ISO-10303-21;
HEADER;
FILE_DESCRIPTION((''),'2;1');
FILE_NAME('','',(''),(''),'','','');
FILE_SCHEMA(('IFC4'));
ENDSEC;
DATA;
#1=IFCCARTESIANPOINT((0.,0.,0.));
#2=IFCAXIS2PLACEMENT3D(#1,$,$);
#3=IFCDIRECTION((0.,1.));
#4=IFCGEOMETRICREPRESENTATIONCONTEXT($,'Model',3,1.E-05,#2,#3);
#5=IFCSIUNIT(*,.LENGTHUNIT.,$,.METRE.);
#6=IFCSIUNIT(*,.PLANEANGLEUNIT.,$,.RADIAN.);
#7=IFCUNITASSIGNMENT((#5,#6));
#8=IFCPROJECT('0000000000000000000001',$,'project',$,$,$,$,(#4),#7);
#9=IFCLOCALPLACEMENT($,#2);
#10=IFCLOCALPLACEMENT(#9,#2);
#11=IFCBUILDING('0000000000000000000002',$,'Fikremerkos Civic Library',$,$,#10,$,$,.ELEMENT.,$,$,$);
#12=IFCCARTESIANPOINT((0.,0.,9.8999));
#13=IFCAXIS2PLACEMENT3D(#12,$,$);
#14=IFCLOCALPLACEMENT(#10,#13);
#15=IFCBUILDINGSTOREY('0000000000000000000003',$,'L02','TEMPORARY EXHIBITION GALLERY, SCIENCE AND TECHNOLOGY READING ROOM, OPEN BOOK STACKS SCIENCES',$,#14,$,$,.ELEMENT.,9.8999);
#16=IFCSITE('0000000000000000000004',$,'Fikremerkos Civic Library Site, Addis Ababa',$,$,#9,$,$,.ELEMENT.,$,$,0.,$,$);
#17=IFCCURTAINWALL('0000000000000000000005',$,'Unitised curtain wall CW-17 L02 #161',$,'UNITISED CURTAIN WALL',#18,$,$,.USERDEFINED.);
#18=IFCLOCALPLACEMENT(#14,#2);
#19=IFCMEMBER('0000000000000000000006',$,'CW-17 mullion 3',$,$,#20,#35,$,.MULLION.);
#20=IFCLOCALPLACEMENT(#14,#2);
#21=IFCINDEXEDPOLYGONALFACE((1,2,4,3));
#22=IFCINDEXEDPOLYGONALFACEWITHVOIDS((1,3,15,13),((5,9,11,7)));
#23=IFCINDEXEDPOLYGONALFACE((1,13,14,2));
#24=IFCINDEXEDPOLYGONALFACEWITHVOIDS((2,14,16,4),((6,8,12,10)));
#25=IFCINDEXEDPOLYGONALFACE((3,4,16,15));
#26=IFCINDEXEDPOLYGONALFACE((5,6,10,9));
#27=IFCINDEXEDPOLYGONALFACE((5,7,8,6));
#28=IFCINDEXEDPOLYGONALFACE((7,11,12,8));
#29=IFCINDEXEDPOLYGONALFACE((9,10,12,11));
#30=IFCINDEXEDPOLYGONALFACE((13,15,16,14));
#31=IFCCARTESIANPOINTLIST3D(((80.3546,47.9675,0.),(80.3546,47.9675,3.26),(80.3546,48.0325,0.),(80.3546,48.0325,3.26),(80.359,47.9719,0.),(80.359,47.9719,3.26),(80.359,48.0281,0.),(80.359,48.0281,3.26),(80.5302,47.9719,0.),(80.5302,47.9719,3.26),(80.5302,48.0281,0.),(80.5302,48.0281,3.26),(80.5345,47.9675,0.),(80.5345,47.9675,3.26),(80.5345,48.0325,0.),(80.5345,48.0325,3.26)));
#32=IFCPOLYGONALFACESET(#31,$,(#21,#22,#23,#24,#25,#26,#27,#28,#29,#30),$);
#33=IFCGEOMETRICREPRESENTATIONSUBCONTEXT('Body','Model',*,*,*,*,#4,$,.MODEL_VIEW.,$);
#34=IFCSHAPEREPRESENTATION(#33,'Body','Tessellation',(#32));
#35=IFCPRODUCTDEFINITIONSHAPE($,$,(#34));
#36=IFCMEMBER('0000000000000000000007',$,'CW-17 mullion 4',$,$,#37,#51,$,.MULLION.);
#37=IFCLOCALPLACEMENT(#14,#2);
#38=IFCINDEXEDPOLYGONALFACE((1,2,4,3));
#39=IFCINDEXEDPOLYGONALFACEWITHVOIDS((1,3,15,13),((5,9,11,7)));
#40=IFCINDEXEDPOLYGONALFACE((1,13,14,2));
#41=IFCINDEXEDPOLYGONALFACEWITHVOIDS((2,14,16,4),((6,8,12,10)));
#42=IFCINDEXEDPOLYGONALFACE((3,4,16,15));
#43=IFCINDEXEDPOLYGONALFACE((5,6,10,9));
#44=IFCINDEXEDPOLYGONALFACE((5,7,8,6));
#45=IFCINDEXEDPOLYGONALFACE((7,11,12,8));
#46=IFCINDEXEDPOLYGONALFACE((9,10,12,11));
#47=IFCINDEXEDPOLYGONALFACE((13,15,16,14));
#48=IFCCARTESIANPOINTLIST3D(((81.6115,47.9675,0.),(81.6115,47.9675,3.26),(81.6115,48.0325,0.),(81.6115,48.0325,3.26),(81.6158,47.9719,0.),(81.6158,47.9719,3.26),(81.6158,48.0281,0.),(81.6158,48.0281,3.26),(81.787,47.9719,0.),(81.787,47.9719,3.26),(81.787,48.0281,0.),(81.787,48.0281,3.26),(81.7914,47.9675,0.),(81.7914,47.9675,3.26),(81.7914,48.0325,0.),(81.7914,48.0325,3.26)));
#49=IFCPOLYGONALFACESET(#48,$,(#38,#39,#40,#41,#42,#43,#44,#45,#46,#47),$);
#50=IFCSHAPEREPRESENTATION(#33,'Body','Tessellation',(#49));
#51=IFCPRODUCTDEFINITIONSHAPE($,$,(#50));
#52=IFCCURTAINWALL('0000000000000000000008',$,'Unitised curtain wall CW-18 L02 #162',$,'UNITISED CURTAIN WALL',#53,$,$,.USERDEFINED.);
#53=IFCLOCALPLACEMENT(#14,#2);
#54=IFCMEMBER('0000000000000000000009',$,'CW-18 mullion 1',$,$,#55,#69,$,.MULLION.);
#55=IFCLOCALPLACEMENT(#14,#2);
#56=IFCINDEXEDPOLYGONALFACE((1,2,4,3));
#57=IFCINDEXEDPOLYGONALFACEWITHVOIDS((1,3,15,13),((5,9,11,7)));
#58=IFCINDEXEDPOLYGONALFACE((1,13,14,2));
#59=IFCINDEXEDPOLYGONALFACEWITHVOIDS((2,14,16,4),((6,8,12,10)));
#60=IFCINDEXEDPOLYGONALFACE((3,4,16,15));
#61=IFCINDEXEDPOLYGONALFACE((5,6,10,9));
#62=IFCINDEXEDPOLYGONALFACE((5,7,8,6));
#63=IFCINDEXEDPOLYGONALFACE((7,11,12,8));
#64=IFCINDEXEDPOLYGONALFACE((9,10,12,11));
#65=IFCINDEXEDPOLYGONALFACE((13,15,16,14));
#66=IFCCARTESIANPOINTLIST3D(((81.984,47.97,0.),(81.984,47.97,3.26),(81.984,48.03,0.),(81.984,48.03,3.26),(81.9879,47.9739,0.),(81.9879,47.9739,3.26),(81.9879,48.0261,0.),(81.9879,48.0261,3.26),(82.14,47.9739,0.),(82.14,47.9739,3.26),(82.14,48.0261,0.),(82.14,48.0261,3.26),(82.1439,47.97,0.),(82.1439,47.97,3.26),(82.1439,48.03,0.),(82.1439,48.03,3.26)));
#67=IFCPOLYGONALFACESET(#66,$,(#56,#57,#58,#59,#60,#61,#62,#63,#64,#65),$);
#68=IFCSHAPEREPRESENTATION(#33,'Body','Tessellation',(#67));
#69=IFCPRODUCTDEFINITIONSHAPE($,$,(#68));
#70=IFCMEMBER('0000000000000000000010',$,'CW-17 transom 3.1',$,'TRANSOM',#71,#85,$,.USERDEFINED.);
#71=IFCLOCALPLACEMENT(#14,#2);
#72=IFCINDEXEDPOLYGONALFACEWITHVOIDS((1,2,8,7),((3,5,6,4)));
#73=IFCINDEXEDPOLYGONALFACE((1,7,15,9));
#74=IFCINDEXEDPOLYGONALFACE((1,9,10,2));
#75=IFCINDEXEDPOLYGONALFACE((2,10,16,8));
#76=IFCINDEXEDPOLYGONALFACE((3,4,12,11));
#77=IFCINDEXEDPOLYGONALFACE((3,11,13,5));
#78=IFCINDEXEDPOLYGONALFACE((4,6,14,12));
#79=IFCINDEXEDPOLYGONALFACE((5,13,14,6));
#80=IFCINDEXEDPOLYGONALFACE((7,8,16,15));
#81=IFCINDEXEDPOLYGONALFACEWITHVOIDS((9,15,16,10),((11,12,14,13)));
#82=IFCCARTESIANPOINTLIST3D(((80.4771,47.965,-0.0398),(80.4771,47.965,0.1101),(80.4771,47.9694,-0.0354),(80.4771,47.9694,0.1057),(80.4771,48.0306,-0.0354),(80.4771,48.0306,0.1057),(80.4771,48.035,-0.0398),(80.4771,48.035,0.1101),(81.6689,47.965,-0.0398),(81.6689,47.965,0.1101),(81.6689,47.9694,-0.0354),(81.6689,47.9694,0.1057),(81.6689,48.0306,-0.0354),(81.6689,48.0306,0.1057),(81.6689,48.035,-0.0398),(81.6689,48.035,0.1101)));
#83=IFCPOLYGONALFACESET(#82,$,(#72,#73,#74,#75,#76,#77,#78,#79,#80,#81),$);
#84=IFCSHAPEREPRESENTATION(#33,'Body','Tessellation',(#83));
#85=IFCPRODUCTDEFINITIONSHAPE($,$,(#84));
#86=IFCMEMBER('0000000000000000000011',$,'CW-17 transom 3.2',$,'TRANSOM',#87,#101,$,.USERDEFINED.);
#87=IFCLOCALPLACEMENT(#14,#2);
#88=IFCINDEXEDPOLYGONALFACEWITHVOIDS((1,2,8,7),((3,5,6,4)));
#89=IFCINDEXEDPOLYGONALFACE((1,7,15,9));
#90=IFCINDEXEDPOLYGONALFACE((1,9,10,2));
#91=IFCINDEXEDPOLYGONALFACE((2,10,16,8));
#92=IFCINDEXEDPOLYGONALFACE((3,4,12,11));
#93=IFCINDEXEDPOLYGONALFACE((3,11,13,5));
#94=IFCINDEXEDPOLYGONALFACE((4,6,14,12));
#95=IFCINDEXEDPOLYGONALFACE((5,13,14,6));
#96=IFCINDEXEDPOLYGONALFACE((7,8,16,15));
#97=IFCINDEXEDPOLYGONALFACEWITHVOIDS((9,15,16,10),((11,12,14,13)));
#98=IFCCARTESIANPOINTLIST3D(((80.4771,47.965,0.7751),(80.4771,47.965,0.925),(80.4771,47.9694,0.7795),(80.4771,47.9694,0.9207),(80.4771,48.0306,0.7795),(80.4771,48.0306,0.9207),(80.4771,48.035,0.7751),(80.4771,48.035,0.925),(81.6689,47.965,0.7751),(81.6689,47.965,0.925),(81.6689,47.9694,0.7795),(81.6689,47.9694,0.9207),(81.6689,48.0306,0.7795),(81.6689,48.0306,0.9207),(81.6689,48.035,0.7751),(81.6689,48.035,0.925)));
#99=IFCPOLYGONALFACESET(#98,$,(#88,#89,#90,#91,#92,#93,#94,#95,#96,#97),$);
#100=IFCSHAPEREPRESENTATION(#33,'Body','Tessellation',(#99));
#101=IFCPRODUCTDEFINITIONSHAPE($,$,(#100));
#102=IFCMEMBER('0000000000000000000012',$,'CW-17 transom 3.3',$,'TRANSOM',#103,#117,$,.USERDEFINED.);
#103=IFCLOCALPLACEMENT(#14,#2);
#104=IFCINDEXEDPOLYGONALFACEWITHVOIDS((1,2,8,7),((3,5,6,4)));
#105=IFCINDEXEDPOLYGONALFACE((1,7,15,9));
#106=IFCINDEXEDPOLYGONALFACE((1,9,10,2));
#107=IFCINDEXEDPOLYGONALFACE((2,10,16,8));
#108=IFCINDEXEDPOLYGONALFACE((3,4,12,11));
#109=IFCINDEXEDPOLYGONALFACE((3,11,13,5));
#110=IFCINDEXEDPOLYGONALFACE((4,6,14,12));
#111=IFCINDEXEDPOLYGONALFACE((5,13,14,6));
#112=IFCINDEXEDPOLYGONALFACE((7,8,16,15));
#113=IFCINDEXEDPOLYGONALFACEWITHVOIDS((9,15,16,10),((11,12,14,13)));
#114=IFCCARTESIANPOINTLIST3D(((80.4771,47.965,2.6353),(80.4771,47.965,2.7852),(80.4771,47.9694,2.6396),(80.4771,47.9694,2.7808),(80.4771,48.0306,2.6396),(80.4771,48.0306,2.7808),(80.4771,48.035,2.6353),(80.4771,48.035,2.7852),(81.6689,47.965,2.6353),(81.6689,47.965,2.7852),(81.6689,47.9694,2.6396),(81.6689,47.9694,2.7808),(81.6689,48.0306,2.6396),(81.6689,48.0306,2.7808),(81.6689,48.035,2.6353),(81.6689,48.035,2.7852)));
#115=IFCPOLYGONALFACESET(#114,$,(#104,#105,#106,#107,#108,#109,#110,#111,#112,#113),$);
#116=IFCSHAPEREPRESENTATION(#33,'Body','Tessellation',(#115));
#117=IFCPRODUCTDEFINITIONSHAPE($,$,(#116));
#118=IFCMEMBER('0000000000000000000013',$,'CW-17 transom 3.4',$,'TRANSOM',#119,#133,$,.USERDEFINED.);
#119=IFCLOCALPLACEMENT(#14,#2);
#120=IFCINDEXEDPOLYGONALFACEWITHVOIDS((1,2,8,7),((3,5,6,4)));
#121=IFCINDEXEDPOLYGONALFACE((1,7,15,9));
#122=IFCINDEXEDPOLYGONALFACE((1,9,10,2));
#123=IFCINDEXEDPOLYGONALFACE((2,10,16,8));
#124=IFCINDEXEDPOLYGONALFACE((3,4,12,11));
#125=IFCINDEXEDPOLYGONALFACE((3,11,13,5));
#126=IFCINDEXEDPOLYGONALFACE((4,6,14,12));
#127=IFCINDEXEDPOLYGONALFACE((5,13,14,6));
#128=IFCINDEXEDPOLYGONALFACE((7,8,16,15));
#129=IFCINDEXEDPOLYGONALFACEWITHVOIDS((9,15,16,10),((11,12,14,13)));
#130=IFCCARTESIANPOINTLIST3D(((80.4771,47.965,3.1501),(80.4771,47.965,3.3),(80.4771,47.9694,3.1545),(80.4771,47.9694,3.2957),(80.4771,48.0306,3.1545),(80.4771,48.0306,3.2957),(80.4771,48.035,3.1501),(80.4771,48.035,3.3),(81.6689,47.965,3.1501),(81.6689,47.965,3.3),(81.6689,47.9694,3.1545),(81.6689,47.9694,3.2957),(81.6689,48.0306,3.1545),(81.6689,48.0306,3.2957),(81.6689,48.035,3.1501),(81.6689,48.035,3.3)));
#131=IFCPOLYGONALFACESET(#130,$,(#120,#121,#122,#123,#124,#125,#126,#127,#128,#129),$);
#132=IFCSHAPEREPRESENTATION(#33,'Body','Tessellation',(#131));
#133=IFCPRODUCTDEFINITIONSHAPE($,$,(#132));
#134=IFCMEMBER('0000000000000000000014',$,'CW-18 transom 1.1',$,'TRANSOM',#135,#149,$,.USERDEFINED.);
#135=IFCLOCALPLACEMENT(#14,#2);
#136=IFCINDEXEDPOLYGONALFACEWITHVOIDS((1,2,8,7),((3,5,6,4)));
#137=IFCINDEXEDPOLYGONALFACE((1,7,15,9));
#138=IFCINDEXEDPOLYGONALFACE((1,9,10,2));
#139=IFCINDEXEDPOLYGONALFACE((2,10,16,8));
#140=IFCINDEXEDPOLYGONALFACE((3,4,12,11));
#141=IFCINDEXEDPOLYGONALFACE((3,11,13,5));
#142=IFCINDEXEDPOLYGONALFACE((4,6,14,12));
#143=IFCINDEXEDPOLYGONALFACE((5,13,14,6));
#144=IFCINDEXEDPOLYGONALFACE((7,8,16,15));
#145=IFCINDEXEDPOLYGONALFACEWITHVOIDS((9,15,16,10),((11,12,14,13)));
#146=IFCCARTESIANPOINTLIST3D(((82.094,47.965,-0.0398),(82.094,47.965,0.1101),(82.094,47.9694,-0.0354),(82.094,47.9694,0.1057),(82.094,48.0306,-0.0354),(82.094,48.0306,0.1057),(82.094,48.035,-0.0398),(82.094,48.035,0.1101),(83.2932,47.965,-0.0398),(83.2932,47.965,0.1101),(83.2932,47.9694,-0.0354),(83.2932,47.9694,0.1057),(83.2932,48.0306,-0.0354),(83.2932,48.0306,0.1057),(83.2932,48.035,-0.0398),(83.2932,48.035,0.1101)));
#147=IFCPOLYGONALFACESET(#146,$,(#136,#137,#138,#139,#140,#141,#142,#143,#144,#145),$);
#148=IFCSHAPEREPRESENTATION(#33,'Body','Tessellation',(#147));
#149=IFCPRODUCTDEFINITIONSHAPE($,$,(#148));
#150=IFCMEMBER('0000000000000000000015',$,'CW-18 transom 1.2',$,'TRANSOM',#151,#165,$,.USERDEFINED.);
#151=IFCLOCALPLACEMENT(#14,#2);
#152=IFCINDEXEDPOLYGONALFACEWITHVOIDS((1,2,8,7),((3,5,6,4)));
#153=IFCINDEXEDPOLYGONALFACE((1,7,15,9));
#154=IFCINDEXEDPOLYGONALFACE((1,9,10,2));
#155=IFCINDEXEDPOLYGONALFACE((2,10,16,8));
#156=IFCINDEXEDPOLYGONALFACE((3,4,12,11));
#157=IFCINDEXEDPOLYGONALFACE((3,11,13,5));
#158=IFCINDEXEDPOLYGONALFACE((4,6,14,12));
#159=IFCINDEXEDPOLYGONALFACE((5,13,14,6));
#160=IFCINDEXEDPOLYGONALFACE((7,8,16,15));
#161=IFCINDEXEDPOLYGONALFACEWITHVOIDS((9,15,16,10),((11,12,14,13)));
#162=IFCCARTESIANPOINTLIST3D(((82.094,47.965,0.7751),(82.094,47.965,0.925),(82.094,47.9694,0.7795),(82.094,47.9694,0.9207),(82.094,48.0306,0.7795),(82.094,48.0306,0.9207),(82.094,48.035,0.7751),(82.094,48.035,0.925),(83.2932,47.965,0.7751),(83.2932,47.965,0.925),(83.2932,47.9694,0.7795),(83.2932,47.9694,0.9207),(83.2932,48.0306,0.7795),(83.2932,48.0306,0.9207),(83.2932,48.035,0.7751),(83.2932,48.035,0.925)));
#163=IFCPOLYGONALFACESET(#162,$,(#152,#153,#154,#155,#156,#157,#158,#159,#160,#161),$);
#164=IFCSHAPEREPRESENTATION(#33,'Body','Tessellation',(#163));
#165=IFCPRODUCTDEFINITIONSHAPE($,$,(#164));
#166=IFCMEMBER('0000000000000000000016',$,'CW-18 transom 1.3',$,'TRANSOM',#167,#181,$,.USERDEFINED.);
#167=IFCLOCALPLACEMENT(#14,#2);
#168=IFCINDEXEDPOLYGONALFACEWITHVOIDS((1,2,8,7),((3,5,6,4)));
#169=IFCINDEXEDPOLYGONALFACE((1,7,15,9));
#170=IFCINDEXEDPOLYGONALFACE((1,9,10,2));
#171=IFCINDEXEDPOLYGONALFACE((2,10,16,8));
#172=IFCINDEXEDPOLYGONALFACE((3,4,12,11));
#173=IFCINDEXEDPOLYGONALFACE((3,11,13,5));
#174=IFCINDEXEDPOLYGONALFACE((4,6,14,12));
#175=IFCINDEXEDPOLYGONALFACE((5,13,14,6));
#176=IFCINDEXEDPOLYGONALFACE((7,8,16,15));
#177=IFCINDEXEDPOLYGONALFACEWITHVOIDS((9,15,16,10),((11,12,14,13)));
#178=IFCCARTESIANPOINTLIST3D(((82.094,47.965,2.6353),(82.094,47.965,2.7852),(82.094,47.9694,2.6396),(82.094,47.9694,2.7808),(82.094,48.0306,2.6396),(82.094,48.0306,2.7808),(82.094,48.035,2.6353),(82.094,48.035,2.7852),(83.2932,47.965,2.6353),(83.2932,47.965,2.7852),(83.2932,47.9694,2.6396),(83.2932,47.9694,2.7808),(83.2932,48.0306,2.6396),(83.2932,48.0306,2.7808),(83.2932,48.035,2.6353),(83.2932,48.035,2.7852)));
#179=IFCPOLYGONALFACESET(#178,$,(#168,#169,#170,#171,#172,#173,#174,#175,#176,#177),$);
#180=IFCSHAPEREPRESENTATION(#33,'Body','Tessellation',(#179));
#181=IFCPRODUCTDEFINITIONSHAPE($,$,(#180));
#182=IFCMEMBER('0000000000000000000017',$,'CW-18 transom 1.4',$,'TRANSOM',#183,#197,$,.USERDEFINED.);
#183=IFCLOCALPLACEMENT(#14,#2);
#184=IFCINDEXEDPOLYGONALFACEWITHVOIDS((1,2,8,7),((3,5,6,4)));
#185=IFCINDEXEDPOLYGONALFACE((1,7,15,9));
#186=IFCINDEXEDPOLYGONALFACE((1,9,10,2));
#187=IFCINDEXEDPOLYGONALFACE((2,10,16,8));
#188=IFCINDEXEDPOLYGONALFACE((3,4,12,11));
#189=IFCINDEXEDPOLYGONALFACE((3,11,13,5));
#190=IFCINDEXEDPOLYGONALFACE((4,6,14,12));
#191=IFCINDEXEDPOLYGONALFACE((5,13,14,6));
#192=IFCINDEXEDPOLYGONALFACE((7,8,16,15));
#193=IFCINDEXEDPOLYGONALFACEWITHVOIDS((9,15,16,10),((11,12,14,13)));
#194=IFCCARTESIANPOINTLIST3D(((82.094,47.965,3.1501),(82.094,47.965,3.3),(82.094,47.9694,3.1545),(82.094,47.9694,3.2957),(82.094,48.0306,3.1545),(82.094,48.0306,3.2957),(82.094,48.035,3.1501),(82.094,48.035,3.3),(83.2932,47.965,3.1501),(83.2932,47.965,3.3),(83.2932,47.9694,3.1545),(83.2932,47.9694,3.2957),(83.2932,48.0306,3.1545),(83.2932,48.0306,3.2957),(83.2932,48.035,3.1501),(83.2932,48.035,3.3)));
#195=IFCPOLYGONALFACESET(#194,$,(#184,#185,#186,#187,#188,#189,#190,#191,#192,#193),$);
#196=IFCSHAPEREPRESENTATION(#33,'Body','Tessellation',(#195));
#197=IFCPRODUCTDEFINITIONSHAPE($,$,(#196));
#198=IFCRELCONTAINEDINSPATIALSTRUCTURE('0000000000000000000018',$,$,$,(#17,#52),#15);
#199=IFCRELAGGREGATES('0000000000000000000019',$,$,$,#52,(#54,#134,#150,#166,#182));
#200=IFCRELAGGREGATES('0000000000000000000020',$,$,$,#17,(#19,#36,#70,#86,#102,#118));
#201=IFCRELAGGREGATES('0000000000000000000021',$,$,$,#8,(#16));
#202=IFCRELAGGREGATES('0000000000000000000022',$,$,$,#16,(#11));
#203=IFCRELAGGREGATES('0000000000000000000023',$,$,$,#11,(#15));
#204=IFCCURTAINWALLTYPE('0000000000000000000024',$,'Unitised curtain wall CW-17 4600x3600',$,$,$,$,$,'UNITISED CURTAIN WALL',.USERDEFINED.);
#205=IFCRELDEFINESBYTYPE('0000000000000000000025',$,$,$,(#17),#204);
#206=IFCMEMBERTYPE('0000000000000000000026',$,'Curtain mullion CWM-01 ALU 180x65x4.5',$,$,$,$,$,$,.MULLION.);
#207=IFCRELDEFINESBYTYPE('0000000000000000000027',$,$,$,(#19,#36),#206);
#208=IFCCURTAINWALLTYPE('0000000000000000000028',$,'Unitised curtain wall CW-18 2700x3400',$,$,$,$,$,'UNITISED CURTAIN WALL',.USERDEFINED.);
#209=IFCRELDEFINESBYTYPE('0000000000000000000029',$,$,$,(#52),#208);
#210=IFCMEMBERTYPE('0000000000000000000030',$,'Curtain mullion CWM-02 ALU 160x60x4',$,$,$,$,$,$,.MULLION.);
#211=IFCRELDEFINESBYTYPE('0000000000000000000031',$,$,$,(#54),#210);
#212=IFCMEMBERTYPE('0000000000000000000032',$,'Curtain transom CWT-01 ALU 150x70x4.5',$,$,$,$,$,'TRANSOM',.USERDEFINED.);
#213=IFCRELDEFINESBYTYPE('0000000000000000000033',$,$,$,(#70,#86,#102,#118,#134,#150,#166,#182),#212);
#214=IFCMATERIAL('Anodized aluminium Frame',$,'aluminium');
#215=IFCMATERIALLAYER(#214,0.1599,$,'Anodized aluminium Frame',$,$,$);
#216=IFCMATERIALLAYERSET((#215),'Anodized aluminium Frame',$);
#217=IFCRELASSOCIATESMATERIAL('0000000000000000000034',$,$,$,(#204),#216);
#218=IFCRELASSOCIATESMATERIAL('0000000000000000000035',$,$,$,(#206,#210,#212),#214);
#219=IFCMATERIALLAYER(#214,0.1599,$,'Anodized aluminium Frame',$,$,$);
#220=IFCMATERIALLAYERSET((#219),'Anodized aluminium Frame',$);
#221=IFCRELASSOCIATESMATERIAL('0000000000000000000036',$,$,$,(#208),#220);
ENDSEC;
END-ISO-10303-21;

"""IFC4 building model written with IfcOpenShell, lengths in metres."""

from ifc_helpers import new_model, si_unit, direction, frame, origin, origin_2d, place, context, subcontext, project, spatial, hollow_rectangle, extrude, material, layer, layer_set, material_profile, profile_set, type_object, element, aggregate, save


model = new_model("IFC4")

# Units and contexts
model_context = context("Model", 3, precision=1e-05, world=origin(), true_north=direction((0.0, 1.0)))
body_context = subcontext(model_context, "Body", "Model", "MODEL_VIEW")
ifc_project = project(units=[si_unit("LENGTHUNIT", "METRE"), si_unit("PLANEANGLEUNIT", "RADIAN")], contexts=[model_context])

# Site, building, storey
site_placement = place(None, origin())
site = spatial("IfcSite", under=ifc_project, at=site_placement, Name="Fikremerkos Civic Library Site, Addis Ababa", CompositionType="ELEMENT", RefElevation=0.0)
building_placement = place(site_placement, origin())
building = spatial("IfcBuilding", under=site, at=building_placement, Name="Fikremerkos Civic Library", CompositionType="ELEMENT")
storey_placement = place(building_placement, frame((0.0, 0.0, 9.8999)))
storey = spatial("IfcBuildingStorey", under=building, at=storey_placement, Name="L02", Description="TEMPORARY EXHIBITION GALLERY, SCIENCE AND TECHNOLOGY READING ROOM, OPEN BOOK STACKS SCIENCES", CompositionType="ELEMENT", Elevation=9.8999)

# Curtain wall, members
ifc_material_1 = material(Name="Anodized aluminium Frame", Category="aluminium")
ifc_layer_1 = layer(ifc_material_1, 0.1599, Name="Anodized aluminium Frame")
ifc_layer_set_1 = layer_set([ifc_layer_1], Name="Anodized aluminium Frame")
curtain_wall_type_1 = type_object("IfcCurtainWallType", Name="Unitised curtain wall CW-17 4600x3600", ElementType="UNITISED CURTAIN WALL", PredefinedType="USERDEFINED", material=ifc_layer_set_1)
curtain_wall_1_placement = place(storey_placement, origin())
curtain_wall_1 = element("IfcCurtainWall", 1, at=curtain_wall_1_placement, inside=storey, type_object=curtain_wall_type_1, Name="Unitised curtain wall CW-17 L02 #161", ObjectType="UNITISED CURTAIN WALL", PredefinedType="USERDEFINED")
ifc_material_profile_1 = material_profile(ifc_material_1, hollow_rectangle(XDim=0.0649, YDim=0.1799, WallThickness=0.0044, at=origin_2d()), Name="ALU 180x65x4.5")
ifc_profile_set_1 = profile_set([ifc_material_profile_1], Name="Anodized aluminium Frame")
member_type_1 = type_object("IfcMemberType", Name="Curtain mullion CWM-01 ALU 180x65x4.5", PredefinedType="MULLION", material=ifc_profile_set_1)
member_1_placement = place(storey_placement, frame((80.4446, 48.0, 0.0), z_axis=(0.0, 0.0, 1.0), x_axis=(0.0, 1.0, 0.0)))
member_1 = element("IfcMember", 2, at=member_1_placement, type_object=member_type_1, Name="CW-17 mullion 3", PredefinedType="MULLION", context=body_context, shape_type="SweptSolid", body=[
    extrude(hollow_rectangle(XDim=0.0649, YDim=0.1799, WallThickness=0.0044, at=origin_2d()), origin(), (0.0, 0.0, 1.0), 3.26),
])
member_2_placement = place(storey_placement, frame((81.7014, 48.0, 0.0), z_axis=(0.0, 0.0, 1.0), x_axis=(0.0, 1.0, 0.0)))
member_2 = element("IfcMember", 3, at=member_2_placement, type_object=member_type_1, Name="CW-17 mullion 4", PredefinedType="MULLION", context=body_context, shape_type="SweptSolid", body=[
    extrude(hollow_rectangle(XDim=0.0649, YDim=0.1799, WallThickness=0.0044, at=origin_2d()), origin(), (0.0, 0.0, 1.0), 3.26),
])

# Curtain wall, member
ifc_layer_2 = layer(ifc_material_1, 0.1599, Name="Anodized aluminium Frame")
ifc_layer_set_2 = layer_set([ifc_layer_2], Name="Anodized aluminium Frame")
curtain_wall_type_2 = type_object("IfcCurtainWallType", Name="Unitised curtain wall CW-18 2700x3400", ElementType="UNITISED CURTAIN WALL", PredefinedType="USERDEFINED", material=ifc_layer_set_2)
curtain_wall_2_placement = place(storey_placement, origin())
curtain_wall_2 = element("IfcCurtainWall", 4, at=curtain_wall_2_placement, inside=storey, type_object=curtain_wall_type_2, Name="Unitised curtain wall CW-18 L02 #162", ObjectType="UNITISED CURTAIN WALL", PredefinedType="USERDEFINED")
ifc_material_profile_2 = material_profile(ifc_material_1, hollow_rectangle(XDim=0.0601, YDim=0.1599, WallThickness=0.0039, at=origin_2d()), Name="ALU 160x60x4")
ifc_profile_set_2 = profile_set([ifc_material_profile_2], Name="Anodized aluminium Frame")
member_type_2 = type_object("IfcMemberType", Name="Curtain mullion CWM-02 ALU 160x60x4", PredefinedType="MULLION", material=ifc_profile_set_2)
member_3_placement = place(storey_placement, frame((82.064, 48.0, 0.0), z_axis=(0.0, 0.0, 1.0), x_axis=(0.0, 1.0, 0.0)))
member_3 = element("IfcMember", 5, at=member_3_placement, type_object=member_type_2, Name="CW-18 mullion 1", PredefinedType="MULLION", context=body_context, shape_type="SweptSolid", body=[
    extrude(hollow_rectangle(XDim=0.0601, YDim=0.1599, WallThickness=0.0039, at=origin_2d()), origin(), (0.0, 0.0, 1.0), 3.26),
])

# Members
ifc_material_profile_3 = material_profile(ifc_material_1, hollow_rectangle(XDim=0.0701, YDim=0.1499, WallThickness=0.0044, at=origin_2d()), Name="ALU 150x70x4.5")
ifc_profile_set_3 = profile_set([ifc_material_profile_3], Name="Anodized aluminium Frame")
member_type_3 = type_object("IfcMemberType", Name="Curtain transom CWT-01 ALU 150x70x4.5", ElementType="TRANSOM", PredefinedType="USERDEFINED", material=ifc_profile_set_3)
member_4_placement = place(storey_placement, frame((80.4771, 48.0, 0.0352), z_axis=(1.0, 0.0, 0.0), x_axis=(0.0, 1.0, 0.0)))
member_4 = element("IfcMember", 6, at=member_4_placement, type_object=member_type_3, Name="CW-17 transom 3.1", ObjectType="TRANSOM", PredefinedType="USERDEFINED", context=body_context, shape_type="SweptSolid", body=[
    extrude(hollow_rectangle(XDim=0.0701, YDim=0.1499, WallThickness=0.0044, at=origin_2d()), origin(), (0.0, 0.0, 1.0), 1.1919),
])
member_5_placement = place(storey_placement, frame((80.4771, 48.0, 0.8501), z_axis=(1.0, 0.0, 0.0), x_axis=(0.0, 1.0, 0.0)))
member_5 = element("IfcMember", 7, at=member_5_placement, type_object=member_type_3, Name="CW-17 transom 3.2", ObjectType="TRANSOM", PredefinedType="USERDEFINED", context=body_context, shape_type="SweptSolid", body=[
    extrude(hollow_rectangle(XDim=0.0701, YDim=0.1499, WallThickness=0.0044, at=origin_2d()), origin(), (0.0, 0.0, 1.0), 1.1919),
])
member_6_placement = place(storey_placement, frame((80.4771, 48.0, 2.7102), z_axis=(1.0, 0.0, 0.0), x_axis=(0.0, 1.0, 0.0)))
member_6 = element("IfcMember", 8, at=member_6_placement, type_object=member_type_3, Name="CW-17 transom 3.3", ObjectType="TRANSOM", PredefinedType="USERDEFINED", context=body_context, shape_type="SweptSolid", body=[
    extrude(hollow_rectangle(XDim=0.0701, YDim=0.1499, WallThickness=0.0044, at=origin_2d()), origin(), (0.0, 0.0, 1.0), 1.1919),
])
member_7_placement = place(storey_placement, frame((80.4771, 48.0, 3.2251), z_axis=(1.0, 0.0, 0.0), x_axis=(0.0, 1.0, 0.0)))
member_7 = element("IfcMember", 9, at=member_7_placement, type_object=member_type_3, Name="CW-17 transom 3.4", ObjectType="TRANSOM", PredefinedType="USERDEFINED", context=body_context, shape_type="SweptSolid", body=[
    extrude(hollow_rectangle(XDim=0.0701, YDim=0.1499, WallThickness=0.0044, at=origin_2d()), origin(), (0.0, 0.0, 1.0), 1.1919),
])
member_8_placement = place(storey_placement, frame((82.094, 48.0, 0.0352), z_axis=(1.0, 0.0, 0.0), x_axis=(0.0, 1.0, 0.0)))
member_8 = element("IfcMember", 10, at=member_8_placement, type_object=member_type_3, Name="CW-18 transom 1.1", ObjectType="TRANSOM", PredefinedType="USERDEFINED", context=body_context, shape_type="SweptSolid", body=[
    extrude(hollow_rectangle(XDim=0.0701, YDim=0.1499, WallThickness=0.0044, at=origin_2d()), origin(), (0.0, 0.0, 1.0), 1.1992),
])
member_9_placement = place(storey_placement, frame((82.094, 48.0, 0.8501), z_axis=(1.0, 0.0, 0.0), x_axis=(0.0, 1.0, 0.0)))
member_9 = element("IfcMember", 11, at=member_9_placement, type_object=member_type_3, Name="CW-18 transom 1.2", ObjectType="TRANSOM", PredefinedType="USERDEFINED", context=body_context, shape_type="SweptSolid", body=[
    extrude(hollow_rectangle(XDim=0.0701, YDim=0.1499, WallThickness=0.0044, at=origin_2d()), origin(), (0.0, 0.0, 1.0), 1.1992),
])
member_10_placement = place(storey_placement, frame((82.094, 48.0, 2.7102), z_axis=(1.0, 0.0, 0.0), x_axis=(0.0, 1.0, 0.0)))
member_10 = element("IfcMember", 12, at=member_10_placement, type_object=member_type_3, Name="CW-18 transom 1.3", ObjectType="TRANSOM", PredefinedType="USERDEFINED", context=body_context, shape_type="SweptSolid", body=[
    extrude(hollow_rectangle(XDim=0.0701, YDim=0.1499, WallThickness=0.0044, at=origin_2d()), origin(), (0.0, 0.0, 1.0), 1.1992),
])
member_11_placement = place(storey_placement, frame((82.094, 48.0, 3.2251), z_axis=(1.0, 0.0, 0.0), x_axis=(0.0, 1.0, 0.0)))
member_11 = element("IfcMember", 13, at=member_11_placement, type_object=member_type_3, Name="CW-18 transom 1.4", ObjectType="TRANSOM", PredefinedType="USERDEFINED", context=body_context, shape_type="SweptSolid", body=[
    extrude(hollow_rectangle(XDim=0.0701, YDim=0.1499, WallThickness=0.0044, at=origin_2d()), origin(), (0.0, 0.0, 1.0), 1.1992),
])
aggregate(curtain_wall_2, [member_3, member_8, member_9, member_10, member_11])

aggregate(curtain_wall_1, [member_1, member_2, member_4, member_5, member_6, member_7])

save(model, "model.ifc")
